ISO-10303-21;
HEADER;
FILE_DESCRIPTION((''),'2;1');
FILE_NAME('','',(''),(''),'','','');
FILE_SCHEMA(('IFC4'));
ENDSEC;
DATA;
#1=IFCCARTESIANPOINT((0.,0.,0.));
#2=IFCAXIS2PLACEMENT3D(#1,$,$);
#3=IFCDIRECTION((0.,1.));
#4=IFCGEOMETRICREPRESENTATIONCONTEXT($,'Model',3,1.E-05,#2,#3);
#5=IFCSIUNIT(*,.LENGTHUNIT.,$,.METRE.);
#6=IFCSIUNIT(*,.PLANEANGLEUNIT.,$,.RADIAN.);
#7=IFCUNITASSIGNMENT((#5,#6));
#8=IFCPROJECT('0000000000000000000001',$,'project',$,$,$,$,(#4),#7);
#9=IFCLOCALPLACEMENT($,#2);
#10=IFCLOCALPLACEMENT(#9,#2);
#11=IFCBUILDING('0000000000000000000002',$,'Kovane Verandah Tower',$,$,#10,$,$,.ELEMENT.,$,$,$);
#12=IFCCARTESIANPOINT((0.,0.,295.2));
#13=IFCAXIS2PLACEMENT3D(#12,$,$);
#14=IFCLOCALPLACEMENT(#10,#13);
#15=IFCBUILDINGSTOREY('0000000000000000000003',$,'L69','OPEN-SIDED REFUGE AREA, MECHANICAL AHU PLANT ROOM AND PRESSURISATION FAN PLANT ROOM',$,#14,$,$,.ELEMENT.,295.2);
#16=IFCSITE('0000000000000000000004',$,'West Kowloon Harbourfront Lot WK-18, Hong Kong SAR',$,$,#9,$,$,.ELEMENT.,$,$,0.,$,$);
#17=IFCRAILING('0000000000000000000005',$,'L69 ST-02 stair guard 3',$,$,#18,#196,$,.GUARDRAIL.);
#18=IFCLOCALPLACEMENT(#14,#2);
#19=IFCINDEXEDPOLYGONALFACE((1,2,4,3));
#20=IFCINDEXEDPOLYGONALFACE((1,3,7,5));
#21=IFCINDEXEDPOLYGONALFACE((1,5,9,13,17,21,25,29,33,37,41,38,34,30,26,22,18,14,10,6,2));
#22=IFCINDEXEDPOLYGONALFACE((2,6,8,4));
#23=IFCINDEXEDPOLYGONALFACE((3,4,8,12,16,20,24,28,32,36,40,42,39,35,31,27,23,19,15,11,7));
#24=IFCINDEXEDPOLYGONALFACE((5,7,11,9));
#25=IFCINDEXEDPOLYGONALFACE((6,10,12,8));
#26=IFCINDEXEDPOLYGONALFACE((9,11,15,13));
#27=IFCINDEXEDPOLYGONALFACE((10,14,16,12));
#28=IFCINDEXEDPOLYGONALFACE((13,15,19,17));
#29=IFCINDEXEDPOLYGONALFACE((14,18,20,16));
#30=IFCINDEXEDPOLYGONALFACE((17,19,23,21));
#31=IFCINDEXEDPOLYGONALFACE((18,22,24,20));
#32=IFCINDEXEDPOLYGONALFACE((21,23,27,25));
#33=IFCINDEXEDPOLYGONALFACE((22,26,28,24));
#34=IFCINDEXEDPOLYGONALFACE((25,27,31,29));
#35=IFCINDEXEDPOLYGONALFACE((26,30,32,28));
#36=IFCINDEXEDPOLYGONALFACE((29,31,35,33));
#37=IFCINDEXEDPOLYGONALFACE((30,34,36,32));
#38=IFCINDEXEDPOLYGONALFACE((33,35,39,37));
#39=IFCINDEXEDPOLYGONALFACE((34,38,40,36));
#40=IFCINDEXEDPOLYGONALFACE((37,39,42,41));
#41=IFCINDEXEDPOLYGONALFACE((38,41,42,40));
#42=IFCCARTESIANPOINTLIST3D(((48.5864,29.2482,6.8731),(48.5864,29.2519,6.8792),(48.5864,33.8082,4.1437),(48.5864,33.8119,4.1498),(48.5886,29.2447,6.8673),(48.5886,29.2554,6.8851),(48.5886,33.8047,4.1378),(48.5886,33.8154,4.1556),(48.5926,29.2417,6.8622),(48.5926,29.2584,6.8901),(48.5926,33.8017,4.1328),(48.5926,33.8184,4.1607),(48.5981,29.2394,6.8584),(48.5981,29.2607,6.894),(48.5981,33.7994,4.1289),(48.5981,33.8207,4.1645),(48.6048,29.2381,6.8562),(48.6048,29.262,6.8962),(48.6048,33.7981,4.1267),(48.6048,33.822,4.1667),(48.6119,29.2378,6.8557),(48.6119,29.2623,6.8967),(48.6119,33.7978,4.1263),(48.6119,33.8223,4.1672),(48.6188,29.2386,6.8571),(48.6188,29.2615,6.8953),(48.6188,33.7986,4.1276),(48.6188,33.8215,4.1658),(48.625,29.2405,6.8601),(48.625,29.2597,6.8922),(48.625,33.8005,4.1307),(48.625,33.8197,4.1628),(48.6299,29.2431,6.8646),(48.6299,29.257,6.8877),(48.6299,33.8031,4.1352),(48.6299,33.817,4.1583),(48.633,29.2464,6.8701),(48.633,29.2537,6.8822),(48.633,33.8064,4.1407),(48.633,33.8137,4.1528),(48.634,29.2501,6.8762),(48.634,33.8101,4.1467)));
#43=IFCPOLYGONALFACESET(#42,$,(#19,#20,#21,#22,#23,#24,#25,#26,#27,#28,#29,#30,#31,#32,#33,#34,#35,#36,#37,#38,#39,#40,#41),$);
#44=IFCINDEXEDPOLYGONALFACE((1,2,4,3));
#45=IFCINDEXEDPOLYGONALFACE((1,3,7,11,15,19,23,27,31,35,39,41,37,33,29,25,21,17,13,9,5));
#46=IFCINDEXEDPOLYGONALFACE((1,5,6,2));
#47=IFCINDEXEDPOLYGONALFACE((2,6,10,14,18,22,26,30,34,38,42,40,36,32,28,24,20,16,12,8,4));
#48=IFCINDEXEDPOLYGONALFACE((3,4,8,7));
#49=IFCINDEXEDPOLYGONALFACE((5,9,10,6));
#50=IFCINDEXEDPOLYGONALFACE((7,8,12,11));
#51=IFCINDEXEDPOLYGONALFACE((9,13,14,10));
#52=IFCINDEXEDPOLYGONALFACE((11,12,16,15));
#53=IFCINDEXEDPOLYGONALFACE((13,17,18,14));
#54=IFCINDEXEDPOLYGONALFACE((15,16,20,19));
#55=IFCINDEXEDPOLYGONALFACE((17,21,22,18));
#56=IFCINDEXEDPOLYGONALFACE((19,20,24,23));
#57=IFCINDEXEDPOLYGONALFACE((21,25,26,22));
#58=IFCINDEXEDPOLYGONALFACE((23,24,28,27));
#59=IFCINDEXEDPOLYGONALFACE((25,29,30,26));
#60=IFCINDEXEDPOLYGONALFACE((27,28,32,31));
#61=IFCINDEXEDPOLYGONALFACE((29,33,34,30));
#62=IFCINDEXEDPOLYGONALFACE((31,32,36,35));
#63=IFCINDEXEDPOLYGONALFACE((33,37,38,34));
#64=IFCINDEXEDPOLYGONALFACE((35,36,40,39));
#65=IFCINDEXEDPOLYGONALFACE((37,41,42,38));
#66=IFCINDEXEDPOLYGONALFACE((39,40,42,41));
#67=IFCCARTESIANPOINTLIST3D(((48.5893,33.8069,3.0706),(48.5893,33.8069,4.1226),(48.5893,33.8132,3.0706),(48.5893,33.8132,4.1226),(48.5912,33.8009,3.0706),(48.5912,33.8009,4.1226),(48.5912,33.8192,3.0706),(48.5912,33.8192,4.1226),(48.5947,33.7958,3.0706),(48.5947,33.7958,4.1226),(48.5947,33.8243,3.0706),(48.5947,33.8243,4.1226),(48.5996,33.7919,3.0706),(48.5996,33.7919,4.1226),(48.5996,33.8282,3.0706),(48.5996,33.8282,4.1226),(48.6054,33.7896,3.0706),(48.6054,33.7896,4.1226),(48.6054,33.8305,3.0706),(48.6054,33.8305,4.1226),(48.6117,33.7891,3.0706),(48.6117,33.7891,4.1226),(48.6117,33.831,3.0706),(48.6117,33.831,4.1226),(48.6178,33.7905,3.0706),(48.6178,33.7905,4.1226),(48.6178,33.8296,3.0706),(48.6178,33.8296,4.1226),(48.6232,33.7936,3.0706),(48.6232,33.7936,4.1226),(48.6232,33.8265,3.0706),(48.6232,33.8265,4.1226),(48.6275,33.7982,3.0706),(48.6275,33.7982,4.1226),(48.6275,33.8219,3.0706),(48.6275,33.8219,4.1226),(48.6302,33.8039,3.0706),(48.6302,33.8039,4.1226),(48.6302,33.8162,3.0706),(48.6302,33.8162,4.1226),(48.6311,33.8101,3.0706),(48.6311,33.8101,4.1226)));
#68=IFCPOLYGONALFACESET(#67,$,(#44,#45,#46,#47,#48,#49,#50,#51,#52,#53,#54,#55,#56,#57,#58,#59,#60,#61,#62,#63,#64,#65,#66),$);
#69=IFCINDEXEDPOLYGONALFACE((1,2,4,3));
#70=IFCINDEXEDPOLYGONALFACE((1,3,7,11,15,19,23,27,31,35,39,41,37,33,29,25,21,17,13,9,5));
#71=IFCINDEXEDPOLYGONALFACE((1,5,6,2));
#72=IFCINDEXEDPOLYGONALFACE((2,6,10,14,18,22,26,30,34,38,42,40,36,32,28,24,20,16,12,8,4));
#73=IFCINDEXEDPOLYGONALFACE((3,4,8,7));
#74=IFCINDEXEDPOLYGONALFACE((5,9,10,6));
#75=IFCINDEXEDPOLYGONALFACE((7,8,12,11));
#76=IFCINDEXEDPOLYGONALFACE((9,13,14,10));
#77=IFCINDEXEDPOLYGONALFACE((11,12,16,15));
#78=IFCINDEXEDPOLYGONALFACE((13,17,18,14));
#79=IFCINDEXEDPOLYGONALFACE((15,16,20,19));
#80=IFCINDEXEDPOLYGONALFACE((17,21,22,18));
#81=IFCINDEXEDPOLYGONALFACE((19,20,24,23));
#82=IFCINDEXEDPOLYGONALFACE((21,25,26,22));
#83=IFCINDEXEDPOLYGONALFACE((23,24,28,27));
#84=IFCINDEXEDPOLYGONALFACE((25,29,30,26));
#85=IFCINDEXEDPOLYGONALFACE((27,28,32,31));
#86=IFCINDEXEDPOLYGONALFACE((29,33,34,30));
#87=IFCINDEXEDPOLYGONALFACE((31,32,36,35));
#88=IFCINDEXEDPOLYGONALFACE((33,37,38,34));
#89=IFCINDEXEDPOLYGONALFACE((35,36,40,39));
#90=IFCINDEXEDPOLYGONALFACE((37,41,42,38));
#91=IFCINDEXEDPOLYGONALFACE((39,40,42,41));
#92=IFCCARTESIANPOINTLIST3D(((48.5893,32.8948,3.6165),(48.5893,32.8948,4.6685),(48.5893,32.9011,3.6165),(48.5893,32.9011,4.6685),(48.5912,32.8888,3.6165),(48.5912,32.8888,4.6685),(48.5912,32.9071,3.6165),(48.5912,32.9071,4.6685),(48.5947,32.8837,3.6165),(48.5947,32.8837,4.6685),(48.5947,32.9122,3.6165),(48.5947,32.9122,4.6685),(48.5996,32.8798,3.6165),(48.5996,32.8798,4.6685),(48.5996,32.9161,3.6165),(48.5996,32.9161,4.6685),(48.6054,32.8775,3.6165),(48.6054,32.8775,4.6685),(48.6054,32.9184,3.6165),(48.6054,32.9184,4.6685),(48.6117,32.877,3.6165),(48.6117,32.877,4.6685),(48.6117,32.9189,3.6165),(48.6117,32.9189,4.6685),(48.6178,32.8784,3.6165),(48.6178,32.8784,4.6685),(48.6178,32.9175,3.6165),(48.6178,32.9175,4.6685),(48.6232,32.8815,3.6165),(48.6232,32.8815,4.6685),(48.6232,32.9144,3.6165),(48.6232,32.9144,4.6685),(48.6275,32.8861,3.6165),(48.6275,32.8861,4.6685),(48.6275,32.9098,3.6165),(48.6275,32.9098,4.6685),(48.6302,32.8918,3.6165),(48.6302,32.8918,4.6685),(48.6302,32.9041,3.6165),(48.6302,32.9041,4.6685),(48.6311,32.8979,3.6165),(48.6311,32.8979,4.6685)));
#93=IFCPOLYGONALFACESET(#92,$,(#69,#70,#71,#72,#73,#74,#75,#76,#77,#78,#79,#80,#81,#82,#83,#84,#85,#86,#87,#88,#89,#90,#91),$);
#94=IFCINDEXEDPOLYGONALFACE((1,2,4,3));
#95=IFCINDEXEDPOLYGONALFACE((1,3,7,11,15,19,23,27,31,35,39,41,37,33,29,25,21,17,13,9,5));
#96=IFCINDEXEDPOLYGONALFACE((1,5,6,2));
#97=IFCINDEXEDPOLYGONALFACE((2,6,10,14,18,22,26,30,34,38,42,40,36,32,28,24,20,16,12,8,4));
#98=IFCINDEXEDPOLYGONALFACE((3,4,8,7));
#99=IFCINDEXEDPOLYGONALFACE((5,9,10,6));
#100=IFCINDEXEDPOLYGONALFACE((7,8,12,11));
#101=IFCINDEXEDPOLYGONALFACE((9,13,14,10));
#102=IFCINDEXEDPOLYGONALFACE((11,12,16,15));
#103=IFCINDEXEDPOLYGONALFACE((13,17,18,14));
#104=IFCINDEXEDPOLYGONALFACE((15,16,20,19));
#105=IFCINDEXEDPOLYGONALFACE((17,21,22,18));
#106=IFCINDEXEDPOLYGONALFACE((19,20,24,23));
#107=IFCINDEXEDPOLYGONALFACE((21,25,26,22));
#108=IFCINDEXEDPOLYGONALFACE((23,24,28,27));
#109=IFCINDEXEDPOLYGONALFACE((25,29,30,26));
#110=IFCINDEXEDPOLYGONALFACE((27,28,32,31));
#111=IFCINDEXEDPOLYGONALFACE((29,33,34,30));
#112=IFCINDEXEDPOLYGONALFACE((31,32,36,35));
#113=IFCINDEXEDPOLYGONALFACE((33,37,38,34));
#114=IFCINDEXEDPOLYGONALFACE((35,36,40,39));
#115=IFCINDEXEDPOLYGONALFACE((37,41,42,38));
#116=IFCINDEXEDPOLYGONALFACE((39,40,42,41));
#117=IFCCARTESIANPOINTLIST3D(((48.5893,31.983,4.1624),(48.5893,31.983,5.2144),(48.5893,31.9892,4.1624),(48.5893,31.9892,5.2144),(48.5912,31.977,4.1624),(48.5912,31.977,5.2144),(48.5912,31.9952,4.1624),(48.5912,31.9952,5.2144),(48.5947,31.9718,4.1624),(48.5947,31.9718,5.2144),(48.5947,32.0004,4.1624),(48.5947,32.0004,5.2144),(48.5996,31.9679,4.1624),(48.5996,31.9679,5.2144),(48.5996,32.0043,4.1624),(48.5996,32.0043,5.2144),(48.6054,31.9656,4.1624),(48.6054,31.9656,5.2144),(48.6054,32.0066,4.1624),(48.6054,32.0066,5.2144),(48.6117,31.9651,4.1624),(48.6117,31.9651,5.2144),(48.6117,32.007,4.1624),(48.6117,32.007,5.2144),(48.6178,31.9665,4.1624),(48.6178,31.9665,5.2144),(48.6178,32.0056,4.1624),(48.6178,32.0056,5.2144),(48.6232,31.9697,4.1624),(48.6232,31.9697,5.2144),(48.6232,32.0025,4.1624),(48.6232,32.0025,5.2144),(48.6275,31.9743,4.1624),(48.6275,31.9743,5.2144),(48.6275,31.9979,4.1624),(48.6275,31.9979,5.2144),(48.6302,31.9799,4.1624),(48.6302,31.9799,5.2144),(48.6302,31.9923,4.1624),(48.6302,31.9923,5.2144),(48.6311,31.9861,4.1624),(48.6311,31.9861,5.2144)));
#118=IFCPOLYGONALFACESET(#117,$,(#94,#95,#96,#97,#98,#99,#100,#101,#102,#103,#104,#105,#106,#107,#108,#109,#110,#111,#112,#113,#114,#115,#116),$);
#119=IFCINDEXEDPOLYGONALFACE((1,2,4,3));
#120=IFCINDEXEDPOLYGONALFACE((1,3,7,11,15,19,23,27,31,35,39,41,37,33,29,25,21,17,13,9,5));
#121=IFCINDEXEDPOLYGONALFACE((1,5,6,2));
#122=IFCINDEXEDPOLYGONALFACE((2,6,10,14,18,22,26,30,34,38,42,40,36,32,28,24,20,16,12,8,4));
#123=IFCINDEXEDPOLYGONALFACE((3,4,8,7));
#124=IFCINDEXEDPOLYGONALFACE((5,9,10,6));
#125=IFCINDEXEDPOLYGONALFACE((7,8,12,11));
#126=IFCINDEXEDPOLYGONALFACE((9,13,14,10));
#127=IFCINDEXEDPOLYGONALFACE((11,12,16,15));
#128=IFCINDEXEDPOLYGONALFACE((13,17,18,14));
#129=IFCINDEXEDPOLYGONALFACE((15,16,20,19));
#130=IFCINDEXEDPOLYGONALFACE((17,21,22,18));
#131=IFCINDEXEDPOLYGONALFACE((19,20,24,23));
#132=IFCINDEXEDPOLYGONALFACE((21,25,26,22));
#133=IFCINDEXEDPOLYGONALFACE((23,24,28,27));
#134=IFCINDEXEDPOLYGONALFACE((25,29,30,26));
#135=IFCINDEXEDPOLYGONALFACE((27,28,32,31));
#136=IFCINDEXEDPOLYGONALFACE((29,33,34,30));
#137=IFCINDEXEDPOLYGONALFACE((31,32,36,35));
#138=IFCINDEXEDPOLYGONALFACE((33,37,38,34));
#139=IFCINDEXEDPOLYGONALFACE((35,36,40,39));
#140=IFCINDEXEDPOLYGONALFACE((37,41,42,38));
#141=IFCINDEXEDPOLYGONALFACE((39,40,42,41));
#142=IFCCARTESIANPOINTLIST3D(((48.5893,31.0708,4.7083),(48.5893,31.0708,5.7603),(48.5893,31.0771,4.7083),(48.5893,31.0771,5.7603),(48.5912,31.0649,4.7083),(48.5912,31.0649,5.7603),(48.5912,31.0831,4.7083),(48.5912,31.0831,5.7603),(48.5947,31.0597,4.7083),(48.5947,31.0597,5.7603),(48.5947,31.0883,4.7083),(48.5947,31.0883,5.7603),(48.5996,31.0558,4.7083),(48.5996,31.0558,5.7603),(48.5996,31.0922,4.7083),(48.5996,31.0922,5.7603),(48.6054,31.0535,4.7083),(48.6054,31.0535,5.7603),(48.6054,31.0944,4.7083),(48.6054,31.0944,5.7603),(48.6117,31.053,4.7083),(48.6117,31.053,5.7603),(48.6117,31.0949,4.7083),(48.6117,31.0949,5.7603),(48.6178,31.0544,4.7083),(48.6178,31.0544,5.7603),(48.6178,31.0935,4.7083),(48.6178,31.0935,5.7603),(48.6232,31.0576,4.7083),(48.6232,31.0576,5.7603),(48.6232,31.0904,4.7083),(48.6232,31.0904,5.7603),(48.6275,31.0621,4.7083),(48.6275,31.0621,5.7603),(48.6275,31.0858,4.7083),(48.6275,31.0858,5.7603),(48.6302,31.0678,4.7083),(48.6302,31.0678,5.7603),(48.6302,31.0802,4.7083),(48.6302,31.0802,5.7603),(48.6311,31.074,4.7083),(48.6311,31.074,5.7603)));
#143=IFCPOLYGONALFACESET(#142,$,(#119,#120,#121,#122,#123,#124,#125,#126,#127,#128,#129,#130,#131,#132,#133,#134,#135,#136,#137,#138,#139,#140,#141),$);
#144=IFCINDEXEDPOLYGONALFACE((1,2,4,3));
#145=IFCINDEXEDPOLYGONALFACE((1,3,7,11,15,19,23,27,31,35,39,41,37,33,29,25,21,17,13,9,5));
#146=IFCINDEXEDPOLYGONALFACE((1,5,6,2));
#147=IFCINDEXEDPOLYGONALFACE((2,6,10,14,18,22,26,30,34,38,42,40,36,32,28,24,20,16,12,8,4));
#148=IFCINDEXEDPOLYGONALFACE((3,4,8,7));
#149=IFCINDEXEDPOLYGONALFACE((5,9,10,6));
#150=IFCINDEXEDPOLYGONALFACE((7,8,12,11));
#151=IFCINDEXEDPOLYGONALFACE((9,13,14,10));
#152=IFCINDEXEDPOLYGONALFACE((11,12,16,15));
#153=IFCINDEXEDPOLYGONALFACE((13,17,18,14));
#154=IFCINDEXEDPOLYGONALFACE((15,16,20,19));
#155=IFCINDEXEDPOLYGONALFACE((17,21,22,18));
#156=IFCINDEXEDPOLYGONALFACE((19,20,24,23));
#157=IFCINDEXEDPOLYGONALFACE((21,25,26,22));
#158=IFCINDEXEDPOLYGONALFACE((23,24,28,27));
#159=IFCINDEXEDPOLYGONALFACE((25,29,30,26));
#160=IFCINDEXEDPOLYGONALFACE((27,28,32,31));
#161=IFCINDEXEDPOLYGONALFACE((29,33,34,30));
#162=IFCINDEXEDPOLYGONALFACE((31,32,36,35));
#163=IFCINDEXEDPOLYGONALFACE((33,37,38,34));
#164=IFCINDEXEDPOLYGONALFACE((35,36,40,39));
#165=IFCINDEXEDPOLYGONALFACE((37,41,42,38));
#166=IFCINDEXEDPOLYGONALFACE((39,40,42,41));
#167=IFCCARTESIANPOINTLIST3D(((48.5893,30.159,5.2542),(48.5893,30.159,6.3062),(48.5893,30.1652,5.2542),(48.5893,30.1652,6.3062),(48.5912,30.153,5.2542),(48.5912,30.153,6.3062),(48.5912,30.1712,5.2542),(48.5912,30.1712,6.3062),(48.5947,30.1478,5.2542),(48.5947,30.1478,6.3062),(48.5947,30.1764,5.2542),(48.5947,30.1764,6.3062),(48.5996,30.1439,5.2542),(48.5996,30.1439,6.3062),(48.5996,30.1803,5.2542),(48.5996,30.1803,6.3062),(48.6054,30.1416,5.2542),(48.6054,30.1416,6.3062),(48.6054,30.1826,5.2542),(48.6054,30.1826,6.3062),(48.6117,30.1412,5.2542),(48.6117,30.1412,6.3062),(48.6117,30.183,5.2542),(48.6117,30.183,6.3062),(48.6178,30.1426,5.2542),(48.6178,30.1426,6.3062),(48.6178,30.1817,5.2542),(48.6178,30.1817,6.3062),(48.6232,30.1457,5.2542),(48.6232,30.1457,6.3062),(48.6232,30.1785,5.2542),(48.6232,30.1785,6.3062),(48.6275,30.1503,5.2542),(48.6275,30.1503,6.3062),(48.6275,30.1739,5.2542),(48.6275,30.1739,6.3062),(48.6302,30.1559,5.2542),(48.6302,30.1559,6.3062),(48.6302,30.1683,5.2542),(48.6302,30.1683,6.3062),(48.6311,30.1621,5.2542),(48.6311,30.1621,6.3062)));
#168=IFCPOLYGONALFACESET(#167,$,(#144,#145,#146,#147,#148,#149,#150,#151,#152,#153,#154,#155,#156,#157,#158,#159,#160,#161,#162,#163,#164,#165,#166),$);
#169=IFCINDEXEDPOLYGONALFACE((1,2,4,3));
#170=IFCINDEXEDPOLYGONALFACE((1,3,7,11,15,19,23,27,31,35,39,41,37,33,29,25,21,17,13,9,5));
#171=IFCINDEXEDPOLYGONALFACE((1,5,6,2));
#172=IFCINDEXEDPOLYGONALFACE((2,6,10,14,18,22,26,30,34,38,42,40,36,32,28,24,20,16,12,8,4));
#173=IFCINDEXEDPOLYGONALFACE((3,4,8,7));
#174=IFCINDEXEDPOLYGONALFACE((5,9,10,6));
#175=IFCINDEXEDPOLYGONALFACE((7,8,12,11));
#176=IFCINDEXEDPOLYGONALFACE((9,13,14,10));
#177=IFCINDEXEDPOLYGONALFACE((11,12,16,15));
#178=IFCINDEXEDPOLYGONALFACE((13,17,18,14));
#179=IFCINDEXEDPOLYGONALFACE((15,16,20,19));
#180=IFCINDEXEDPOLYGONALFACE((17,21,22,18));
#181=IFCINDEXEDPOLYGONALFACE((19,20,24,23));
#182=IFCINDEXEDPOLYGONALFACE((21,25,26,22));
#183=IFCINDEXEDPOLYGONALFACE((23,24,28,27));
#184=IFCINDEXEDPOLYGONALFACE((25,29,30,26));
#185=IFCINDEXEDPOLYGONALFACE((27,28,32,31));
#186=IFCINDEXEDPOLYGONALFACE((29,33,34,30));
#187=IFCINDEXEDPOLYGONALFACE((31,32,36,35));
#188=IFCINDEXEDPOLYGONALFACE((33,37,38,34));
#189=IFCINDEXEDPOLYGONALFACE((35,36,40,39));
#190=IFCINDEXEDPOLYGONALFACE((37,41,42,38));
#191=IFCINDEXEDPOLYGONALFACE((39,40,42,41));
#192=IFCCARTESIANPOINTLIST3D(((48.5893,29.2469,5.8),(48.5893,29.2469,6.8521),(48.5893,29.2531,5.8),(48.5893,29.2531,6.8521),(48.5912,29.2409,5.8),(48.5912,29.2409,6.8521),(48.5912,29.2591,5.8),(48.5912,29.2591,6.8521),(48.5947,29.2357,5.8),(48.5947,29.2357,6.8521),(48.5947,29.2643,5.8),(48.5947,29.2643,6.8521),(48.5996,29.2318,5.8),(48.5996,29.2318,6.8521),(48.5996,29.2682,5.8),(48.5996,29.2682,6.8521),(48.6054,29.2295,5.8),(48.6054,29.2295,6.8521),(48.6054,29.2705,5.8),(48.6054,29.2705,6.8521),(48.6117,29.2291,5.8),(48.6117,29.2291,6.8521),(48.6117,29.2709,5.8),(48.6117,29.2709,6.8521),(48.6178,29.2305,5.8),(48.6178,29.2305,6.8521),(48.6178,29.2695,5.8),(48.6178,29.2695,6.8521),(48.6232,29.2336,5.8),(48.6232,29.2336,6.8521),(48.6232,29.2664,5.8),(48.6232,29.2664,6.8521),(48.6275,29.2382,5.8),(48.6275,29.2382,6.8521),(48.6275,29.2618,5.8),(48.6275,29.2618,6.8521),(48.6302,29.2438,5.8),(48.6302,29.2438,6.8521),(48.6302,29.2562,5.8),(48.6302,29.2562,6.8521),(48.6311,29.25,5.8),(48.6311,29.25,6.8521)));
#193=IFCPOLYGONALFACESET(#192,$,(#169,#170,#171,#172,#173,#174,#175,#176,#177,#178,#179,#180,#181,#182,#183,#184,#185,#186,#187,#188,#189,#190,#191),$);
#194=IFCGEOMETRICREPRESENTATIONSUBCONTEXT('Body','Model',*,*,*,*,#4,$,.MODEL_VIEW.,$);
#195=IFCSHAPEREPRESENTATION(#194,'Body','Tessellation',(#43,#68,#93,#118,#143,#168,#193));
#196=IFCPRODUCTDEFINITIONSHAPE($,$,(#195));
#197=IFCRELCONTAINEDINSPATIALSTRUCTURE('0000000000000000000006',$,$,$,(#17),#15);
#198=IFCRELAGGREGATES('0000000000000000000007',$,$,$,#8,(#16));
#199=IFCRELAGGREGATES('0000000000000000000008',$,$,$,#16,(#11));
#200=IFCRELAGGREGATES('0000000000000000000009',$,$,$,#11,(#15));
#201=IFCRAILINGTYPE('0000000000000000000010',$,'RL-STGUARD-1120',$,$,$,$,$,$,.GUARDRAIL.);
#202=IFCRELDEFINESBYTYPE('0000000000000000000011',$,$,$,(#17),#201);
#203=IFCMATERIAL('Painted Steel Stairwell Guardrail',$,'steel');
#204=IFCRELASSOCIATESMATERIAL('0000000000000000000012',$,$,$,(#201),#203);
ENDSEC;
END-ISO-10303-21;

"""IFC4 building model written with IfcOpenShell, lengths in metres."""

from ifc_helpers import new_model, si_unit, direction, frame, origin, origin_2d, place, context, subcontext, project, spatial, circle, extrude, material, type_object, element, save


model = new_model("IFC4")

# Units and contexts
model_context = context("Model", 3, precision=1e-05, world=origin(), true_north=direction((0.0, 1.0)))
body_context = subcontext(model_context, "Body", "Model", "MODEL_VIEW")
ifc_project = project(units=[si_unit("LENGTHUNIT", "METRE"), si_unit("PLANEANGLEUNIT", "RADIAN")], contexts=[model_context])

# Site, building, storey
site_placement = place(None, origin())
site = spatial("IfcSite", under=ifc_project, at=site_placement, Name="West Kowloon Harbourfront Lot WK-18, Hong Kong SAR", CompositionType="ELEMENT", RefElevation=0.0)
building_placement = place(site_placement, origin())
building = spatial("IfcBuilding", under=site, at=building_placement, Name="Kovane Verandah Tower", CompositionType="ELEMENT")
storey_placement = place(building_placement, frame((0.0, 0.0, 295.2)))
storey = spatial("IfcBuildingStorey", under=building, at=storey_placement, Name="L69", Description="OPEN-SIDED REFUGE AREA, MECHANICAL AHU PLANT ROOM AND PRESSURISATION FAN PLANT ROOM", CompositionType="ELEMENT", Elevation=295.2)

# Railing
ifc_material_1 = material(Name="Painted Steel Stairwell Guardrail", Category="steel")
railing_type_1 = type_object("IfcRailingType", Name="RL-STGUARD-1120", PredefinedType="GUARDRAIL", material=ifc_material_1)
railing_1_placement = place(storey_placement, frame((48.6101, 33.8101, 3.0706)))
element("IfcRailing", 1, at=railing_1_placement, inside=storey, type_object=railing_type_1, Name="L69 ST-02 stair guard 3", PredefinedType="GUARDRAIL", context=body_context, shape_type="SweptSolid", body=[
    extrude(circle(Radius=0.0239, at=origin_2d()), frame((0.0, 0.0, 1.0762), z_axis=(0.0, -0.858036, 0.51359), x_axis=(1.0, 0.0, 0.0)), (0.0, 0.0, 1.0), 5.3145),
    extrude(circle(Radius=0.021, at=origin_2d()), origin(), (0.0, 0.0, 1.0), 1.052),
    extrude(circle(Radius=0.021, at=origin_2d()), frame((0.0, -0.9121, 0.5459)), (0.0, 0.0, 1.0), 1.052),
    extrude(circle(Radius=0.021, at=origin_2d()), frame((0.0, -1.824, 1.0918)), (0.0, 0.0, 1.0), 1.052),
    extrude(circle(Radius=0.021, at=origin_2d()), frame((0.0, -2.7361, 1.6377)), (0.0, 0.0, 1.0), 1.052),
    extrude(circle(Radius=0.021, at=origin_2d()), frame((0.0, -3.6479, 2.1836)), (0.0, 0.0, 1.0), 1.052),
    extrude(circle(Radius=0.021, at=origin_2d()), frame((0.0, -4.5601, 2.7295)), (0.0, 0.0, 1.0), 1.052),
])

save(model, "model.ifc")
